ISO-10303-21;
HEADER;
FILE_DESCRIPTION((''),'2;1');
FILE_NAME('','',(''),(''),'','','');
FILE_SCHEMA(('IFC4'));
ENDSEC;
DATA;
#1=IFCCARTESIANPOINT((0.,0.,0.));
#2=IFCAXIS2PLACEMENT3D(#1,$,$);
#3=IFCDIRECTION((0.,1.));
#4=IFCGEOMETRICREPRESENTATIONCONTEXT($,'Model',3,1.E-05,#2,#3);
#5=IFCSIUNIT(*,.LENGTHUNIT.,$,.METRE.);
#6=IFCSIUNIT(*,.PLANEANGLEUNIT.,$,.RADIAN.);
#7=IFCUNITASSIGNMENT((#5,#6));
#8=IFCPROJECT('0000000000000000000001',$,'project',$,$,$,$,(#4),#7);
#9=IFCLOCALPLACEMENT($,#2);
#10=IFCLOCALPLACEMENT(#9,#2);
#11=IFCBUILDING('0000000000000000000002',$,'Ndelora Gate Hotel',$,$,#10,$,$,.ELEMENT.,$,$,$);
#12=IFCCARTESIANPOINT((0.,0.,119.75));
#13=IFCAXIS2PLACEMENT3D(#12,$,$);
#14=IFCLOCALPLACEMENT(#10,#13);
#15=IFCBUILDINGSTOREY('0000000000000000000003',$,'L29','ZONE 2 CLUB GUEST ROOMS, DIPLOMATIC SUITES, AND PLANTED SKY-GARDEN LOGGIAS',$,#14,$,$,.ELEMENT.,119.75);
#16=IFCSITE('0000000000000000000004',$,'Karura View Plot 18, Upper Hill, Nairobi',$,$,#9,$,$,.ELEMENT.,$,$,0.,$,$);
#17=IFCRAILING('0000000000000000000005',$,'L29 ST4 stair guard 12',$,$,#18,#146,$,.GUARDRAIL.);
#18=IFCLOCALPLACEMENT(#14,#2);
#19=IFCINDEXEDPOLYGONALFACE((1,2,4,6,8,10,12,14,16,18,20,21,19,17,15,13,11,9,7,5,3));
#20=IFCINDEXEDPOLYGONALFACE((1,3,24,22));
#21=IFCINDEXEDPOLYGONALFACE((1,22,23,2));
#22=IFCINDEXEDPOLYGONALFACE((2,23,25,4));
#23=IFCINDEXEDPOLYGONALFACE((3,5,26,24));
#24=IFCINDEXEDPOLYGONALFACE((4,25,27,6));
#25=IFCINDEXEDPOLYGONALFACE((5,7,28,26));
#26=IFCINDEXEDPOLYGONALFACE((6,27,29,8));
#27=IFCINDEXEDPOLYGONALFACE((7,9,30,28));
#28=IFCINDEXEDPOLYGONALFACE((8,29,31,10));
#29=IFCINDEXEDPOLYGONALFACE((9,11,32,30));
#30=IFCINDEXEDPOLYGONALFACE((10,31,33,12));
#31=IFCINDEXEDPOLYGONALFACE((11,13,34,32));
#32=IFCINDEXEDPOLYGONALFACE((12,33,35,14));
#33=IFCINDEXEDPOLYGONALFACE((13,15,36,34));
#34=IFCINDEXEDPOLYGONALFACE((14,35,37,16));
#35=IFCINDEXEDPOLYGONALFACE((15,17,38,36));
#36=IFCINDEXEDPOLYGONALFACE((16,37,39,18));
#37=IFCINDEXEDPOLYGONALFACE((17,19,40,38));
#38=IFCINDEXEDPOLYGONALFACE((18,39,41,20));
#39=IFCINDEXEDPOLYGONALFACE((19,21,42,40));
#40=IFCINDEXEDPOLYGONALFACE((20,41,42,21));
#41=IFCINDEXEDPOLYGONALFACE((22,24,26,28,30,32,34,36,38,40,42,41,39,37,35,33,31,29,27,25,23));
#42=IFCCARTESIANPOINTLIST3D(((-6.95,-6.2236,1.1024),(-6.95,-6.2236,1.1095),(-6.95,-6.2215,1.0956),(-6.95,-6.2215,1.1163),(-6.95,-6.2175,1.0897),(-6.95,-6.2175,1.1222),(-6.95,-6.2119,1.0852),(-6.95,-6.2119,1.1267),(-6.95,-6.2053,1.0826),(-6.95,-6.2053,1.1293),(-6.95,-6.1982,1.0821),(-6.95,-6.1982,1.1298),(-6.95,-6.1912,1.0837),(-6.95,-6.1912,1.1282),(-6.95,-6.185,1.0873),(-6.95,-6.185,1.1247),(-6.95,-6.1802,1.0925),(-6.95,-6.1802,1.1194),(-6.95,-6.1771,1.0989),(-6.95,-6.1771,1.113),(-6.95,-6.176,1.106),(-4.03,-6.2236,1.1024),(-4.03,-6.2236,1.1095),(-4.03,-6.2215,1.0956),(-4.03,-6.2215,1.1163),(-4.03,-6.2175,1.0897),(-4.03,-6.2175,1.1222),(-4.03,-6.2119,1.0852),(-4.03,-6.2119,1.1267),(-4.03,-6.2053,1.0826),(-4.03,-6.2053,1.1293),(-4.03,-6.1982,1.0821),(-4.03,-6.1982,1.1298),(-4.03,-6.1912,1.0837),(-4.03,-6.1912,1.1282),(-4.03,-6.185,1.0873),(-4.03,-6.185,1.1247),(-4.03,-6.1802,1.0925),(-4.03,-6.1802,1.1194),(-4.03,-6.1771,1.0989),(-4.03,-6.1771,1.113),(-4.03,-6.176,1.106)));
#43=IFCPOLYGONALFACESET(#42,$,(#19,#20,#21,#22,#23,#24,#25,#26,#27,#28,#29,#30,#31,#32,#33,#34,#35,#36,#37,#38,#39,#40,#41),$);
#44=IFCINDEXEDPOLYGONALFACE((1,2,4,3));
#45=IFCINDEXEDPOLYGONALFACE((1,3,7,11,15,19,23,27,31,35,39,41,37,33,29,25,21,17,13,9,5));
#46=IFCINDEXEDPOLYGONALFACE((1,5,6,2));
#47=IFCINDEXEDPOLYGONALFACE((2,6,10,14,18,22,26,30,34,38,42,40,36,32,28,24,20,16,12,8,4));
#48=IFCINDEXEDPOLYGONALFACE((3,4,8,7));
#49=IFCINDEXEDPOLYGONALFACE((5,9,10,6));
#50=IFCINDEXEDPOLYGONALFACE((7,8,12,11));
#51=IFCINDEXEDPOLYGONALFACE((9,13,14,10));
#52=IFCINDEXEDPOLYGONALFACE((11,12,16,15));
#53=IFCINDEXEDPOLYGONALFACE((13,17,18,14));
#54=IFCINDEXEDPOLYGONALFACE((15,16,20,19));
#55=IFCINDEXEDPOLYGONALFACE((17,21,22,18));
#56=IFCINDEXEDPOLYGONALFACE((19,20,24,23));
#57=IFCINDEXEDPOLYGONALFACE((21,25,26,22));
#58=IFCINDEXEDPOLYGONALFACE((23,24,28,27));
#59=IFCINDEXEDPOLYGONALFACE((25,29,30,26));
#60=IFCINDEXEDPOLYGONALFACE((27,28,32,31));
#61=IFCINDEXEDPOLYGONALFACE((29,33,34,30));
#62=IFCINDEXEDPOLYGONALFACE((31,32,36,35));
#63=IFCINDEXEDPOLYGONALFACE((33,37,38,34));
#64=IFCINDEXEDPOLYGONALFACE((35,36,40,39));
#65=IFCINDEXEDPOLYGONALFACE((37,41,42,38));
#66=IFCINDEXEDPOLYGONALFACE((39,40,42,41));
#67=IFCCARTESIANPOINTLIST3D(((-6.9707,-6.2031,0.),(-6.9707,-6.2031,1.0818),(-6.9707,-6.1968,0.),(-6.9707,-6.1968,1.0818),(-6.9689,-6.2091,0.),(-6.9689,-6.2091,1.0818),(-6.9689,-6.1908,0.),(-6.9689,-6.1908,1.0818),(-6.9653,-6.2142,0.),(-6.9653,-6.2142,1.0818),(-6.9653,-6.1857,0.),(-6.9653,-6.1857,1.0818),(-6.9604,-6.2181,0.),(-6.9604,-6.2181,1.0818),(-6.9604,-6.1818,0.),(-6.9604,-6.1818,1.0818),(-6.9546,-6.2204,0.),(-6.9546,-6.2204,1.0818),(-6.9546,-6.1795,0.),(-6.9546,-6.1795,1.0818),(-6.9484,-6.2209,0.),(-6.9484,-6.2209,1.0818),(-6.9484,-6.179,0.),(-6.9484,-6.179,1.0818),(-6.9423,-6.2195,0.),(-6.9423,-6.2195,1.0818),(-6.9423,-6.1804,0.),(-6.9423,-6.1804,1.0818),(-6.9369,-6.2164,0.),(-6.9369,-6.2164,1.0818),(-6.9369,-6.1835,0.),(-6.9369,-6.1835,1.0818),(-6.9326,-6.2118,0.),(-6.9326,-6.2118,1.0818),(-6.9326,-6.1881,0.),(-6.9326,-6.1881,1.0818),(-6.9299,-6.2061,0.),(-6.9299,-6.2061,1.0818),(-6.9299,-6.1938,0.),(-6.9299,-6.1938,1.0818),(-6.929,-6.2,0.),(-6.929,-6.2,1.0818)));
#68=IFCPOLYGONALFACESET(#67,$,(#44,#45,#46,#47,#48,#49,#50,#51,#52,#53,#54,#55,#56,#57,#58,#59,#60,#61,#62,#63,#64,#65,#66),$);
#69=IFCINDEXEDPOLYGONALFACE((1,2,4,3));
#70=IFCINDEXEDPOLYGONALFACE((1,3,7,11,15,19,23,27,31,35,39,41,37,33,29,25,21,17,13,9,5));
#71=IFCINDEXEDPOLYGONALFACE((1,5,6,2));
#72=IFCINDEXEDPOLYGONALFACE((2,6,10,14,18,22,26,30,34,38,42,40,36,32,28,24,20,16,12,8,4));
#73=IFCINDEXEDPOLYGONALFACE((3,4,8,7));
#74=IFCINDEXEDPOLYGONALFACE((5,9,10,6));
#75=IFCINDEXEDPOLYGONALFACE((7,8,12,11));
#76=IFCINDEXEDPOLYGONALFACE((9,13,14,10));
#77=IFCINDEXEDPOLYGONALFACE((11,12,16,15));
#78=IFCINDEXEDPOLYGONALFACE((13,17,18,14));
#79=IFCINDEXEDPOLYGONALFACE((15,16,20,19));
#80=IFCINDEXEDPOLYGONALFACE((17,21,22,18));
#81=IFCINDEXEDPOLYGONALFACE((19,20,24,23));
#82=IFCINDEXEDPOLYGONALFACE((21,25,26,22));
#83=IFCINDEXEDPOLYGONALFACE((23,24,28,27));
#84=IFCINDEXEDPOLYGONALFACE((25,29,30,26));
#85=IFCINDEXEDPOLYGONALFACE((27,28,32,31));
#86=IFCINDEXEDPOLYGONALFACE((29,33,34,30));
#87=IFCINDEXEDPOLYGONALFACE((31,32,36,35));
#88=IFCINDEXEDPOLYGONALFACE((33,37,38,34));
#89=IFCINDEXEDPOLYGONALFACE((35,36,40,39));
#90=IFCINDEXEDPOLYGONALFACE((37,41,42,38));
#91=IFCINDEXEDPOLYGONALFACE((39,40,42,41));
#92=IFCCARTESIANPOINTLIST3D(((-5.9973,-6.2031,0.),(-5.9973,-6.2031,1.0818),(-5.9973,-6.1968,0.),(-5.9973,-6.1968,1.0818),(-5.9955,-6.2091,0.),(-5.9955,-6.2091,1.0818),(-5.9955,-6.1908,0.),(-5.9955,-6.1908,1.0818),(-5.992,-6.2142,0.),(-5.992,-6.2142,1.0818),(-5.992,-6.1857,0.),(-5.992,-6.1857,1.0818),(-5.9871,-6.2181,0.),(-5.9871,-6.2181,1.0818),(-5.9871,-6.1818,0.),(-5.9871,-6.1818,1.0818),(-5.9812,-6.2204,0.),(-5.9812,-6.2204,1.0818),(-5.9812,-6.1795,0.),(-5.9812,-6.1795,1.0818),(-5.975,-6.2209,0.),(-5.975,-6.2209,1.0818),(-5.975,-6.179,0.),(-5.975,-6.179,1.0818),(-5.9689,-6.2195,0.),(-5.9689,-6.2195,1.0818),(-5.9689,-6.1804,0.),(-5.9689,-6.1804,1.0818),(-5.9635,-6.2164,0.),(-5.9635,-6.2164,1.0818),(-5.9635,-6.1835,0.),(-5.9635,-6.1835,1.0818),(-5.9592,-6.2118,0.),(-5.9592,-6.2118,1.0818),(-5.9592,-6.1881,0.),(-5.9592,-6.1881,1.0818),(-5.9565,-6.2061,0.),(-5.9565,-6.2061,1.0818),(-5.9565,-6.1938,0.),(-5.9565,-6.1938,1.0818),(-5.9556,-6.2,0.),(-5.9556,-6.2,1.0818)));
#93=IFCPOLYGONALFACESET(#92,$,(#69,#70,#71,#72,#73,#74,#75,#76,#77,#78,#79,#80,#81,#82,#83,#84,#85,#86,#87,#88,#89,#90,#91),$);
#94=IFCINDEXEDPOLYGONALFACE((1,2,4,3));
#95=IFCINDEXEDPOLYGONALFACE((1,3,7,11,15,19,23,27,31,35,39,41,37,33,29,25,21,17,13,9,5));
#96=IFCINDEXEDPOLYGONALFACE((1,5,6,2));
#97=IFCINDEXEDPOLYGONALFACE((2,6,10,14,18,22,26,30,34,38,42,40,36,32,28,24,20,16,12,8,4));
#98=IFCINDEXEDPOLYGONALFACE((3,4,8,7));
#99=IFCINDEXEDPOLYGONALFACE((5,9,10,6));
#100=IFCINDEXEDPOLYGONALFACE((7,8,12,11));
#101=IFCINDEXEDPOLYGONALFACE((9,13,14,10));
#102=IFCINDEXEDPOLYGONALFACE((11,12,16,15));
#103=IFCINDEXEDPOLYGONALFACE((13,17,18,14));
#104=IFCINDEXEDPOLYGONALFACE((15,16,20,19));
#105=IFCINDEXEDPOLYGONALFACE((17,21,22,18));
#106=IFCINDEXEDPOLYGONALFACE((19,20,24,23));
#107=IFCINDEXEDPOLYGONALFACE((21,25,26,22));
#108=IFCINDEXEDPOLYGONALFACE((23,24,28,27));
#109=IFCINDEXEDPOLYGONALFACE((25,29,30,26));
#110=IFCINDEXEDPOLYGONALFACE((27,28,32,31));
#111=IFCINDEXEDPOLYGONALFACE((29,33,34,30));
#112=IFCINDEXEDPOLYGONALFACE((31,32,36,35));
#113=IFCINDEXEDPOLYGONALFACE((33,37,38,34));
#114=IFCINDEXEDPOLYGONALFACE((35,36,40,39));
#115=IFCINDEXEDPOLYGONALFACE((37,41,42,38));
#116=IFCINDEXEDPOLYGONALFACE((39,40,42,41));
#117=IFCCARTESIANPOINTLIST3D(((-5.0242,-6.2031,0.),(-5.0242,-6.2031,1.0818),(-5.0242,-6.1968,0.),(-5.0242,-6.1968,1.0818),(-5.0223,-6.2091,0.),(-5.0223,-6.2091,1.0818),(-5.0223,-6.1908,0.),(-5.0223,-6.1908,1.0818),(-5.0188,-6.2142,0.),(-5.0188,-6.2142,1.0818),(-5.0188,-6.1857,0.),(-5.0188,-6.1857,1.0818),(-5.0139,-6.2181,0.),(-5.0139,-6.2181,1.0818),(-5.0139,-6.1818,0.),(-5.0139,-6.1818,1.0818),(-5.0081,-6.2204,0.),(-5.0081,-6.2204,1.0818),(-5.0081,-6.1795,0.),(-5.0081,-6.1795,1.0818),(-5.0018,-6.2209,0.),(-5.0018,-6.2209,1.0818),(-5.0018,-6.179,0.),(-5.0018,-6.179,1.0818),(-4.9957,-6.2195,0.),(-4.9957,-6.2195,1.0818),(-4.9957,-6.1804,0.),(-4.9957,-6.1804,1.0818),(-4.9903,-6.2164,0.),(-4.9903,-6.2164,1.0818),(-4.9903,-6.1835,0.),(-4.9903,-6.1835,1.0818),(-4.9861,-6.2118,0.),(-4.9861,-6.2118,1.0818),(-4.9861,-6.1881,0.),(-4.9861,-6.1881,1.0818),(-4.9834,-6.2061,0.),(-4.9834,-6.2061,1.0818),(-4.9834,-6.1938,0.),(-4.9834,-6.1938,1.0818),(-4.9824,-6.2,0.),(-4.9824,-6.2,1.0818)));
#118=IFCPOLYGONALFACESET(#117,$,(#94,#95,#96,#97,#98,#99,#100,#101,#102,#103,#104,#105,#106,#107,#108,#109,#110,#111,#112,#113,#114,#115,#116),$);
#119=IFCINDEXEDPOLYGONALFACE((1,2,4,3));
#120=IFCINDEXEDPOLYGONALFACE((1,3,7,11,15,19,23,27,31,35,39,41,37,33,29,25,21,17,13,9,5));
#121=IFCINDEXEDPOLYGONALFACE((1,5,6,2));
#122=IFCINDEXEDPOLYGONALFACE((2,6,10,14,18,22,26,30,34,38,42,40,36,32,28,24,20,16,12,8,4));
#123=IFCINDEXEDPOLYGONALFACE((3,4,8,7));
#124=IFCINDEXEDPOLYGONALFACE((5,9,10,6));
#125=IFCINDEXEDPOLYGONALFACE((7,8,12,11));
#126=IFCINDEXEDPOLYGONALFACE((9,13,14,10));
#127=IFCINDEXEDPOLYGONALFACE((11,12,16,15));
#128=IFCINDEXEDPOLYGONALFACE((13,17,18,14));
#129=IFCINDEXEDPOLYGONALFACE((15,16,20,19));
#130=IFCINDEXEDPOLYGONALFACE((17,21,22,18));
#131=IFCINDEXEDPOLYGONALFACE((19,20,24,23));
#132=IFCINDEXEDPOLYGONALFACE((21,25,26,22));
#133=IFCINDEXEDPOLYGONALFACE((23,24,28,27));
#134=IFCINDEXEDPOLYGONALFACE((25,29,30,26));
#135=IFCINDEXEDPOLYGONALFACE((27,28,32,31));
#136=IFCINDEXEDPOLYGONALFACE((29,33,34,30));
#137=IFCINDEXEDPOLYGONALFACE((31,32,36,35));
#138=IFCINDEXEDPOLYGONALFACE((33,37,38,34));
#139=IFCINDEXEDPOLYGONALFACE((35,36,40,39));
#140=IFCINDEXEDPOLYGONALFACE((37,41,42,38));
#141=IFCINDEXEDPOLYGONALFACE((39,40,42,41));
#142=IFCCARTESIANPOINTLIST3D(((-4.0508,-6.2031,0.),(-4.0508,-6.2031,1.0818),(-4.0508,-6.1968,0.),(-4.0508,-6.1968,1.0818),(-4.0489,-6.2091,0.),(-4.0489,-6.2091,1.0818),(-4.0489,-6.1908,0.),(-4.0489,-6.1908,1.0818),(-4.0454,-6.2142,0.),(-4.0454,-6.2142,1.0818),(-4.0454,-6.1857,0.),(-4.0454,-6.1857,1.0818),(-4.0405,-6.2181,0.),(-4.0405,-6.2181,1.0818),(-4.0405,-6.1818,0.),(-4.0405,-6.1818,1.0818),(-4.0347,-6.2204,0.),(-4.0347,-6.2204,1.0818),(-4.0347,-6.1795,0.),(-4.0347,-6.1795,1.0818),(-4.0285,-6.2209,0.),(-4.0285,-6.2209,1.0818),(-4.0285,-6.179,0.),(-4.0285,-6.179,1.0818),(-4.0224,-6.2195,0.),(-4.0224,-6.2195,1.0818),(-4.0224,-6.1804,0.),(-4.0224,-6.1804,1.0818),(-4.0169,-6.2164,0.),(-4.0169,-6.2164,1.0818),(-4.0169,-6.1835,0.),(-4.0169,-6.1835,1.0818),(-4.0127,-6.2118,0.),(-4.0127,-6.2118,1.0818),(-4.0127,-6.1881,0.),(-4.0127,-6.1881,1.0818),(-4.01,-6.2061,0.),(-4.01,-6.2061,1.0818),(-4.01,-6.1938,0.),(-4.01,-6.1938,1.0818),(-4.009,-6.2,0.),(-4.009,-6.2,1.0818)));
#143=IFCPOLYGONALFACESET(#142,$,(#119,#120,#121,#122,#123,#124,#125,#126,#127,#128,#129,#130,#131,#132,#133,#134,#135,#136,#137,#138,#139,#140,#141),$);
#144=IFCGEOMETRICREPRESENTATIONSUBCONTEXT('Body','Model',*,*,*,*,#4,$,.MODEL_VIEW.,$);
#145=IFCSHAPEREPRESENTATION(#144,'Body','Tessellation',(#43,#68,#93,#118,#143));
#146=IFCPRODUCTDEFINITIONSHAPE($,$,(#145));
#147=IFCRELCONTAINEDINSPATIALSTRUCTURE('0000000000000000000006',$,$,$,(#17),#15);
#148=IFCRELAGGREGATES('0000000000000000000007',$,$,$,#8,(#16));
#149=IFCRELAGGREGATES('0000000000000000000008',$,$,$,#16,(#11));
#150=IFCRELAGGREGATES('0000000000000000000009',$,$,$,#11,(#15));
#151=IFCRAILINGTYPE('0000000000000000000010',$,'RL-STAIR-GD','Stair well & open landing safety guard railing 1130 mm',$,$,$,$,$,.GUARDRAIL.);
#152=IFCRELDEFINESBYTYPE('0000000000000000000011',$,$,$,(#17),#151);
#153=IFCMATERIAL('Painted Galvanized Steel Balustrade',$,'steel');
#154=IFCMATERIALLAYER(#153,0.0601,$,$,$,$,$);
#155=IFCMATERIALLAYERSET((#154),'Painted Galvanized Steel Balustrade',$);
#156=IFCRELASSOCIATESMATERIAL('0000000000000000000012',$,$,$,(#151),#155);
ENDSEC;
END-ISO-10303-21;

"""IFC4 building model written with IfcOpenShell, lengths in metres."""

from ifc_helpers import new_model, si_unit, direction, frame, origin, origin_2d, place, context, subcontext, project, spatial, circle, extrude, material, layer, layer_set, type_object, element, save


model = new_model("IFC4")

# Units and contexts
model_context = context("Model", 3, precision=1e-05, world=origin(), true_north=direction((0.0, 1.0)))
body_context = subcontext(model_context, "Body", "Model", "MODEL_VIEW")
ifc_project = project(units=[si_unit("LENGTHUNIT", "METRE"), si_unit("PLANEANGLEUNIT", "RADIAN")], contexts=[model_context])

# Site, building, storey
site_placement = place(None, origin())
site = spatial("IfcSite", under=ifc_project, at=site_placement, Name="Karura View Plot 18, Upper Hill, Nairobi", CompositionType="ELEMENT", RefElevation=0.0)
building_placement = place(site_placement, origin())
building = spatial("IfcBuilding", under=site, at=building_placement, Name="Ndelora Gate Hotel", CompositionType="ELEMENT")
storey_placement = place(building_placement, frame((0.0, 0.0, 119.75)))
storey = spatial("IfcBuildingStorey", under=building, at=storey_placement, Name="L29", Description="ZONE 2 CLUB GUEST ROOMS, DIPLOMATIC SUITES, AND PLANTED SKY-GARDEN LOGGIAS", CompositionType="ELEMENT", Elevation=119.75)

# Railing
ifc_material_1 = material(Name="Painted Galvanized Steel Balustrade", Category="steel")
ifc_layer_1 = layer(ifc_material_1, 0.0601)
ifc_layer_set_1 = layer_set([ifc_layer_1], Name="Painted Galvanized Steel Balustrade")
railing_type_1 = type_object("IfcRailingType", Name="RL-STAIR-GD", Description="Stair well & open landing safety guard railing 1130 mm", PredefinedType="GUARDRAIL", material=ifc_layer_set_1)
railing_1_placement = place(storey_placement, frame((-6.95, -6.2, 0.0)))
element("IfcRailing", 1, at=railing_1_placement, inside=storey, type_object=railing_type_1, Name="L29 ST4 stair guard 12", PredefinedType="GUARDRAIL", context=body_context, shape_type="SweptSolid", body=[
    extrude(circle(Radius=0.0239, at=origin_2d()), frame((0.0, 0.0, 1.106), z_axis=(1.0, 0.0, 0.0), x_axis=(0.0, 1.0, 0.0)), (0.0, 0.0, 1.0), 2.9199),
    extrude(circle(Radius=0.021, at=origin_2d()), origin(), (0.0, 0.0, 1.0), 1.0818),
    extrude(circle(Radius=0.021, at=origin_2d()), frame((0.9734, 0.0, 0.0)), (0.0, 0.0, 1.0), 1.0818),
    extrude(circle(Radius=0.021, at=origin_2d()), frame((1.9465, 0.0, 0.0)), (0.0, 0.0, 1.0), 1.0818),
    extrude(circle(Radius=0.021, at=origin_2d()), frame((2.9199, 0.0, 0.0)), (0.0, 0.0, 1.0), 1.0818),
])

save(model, "model.ifc")
